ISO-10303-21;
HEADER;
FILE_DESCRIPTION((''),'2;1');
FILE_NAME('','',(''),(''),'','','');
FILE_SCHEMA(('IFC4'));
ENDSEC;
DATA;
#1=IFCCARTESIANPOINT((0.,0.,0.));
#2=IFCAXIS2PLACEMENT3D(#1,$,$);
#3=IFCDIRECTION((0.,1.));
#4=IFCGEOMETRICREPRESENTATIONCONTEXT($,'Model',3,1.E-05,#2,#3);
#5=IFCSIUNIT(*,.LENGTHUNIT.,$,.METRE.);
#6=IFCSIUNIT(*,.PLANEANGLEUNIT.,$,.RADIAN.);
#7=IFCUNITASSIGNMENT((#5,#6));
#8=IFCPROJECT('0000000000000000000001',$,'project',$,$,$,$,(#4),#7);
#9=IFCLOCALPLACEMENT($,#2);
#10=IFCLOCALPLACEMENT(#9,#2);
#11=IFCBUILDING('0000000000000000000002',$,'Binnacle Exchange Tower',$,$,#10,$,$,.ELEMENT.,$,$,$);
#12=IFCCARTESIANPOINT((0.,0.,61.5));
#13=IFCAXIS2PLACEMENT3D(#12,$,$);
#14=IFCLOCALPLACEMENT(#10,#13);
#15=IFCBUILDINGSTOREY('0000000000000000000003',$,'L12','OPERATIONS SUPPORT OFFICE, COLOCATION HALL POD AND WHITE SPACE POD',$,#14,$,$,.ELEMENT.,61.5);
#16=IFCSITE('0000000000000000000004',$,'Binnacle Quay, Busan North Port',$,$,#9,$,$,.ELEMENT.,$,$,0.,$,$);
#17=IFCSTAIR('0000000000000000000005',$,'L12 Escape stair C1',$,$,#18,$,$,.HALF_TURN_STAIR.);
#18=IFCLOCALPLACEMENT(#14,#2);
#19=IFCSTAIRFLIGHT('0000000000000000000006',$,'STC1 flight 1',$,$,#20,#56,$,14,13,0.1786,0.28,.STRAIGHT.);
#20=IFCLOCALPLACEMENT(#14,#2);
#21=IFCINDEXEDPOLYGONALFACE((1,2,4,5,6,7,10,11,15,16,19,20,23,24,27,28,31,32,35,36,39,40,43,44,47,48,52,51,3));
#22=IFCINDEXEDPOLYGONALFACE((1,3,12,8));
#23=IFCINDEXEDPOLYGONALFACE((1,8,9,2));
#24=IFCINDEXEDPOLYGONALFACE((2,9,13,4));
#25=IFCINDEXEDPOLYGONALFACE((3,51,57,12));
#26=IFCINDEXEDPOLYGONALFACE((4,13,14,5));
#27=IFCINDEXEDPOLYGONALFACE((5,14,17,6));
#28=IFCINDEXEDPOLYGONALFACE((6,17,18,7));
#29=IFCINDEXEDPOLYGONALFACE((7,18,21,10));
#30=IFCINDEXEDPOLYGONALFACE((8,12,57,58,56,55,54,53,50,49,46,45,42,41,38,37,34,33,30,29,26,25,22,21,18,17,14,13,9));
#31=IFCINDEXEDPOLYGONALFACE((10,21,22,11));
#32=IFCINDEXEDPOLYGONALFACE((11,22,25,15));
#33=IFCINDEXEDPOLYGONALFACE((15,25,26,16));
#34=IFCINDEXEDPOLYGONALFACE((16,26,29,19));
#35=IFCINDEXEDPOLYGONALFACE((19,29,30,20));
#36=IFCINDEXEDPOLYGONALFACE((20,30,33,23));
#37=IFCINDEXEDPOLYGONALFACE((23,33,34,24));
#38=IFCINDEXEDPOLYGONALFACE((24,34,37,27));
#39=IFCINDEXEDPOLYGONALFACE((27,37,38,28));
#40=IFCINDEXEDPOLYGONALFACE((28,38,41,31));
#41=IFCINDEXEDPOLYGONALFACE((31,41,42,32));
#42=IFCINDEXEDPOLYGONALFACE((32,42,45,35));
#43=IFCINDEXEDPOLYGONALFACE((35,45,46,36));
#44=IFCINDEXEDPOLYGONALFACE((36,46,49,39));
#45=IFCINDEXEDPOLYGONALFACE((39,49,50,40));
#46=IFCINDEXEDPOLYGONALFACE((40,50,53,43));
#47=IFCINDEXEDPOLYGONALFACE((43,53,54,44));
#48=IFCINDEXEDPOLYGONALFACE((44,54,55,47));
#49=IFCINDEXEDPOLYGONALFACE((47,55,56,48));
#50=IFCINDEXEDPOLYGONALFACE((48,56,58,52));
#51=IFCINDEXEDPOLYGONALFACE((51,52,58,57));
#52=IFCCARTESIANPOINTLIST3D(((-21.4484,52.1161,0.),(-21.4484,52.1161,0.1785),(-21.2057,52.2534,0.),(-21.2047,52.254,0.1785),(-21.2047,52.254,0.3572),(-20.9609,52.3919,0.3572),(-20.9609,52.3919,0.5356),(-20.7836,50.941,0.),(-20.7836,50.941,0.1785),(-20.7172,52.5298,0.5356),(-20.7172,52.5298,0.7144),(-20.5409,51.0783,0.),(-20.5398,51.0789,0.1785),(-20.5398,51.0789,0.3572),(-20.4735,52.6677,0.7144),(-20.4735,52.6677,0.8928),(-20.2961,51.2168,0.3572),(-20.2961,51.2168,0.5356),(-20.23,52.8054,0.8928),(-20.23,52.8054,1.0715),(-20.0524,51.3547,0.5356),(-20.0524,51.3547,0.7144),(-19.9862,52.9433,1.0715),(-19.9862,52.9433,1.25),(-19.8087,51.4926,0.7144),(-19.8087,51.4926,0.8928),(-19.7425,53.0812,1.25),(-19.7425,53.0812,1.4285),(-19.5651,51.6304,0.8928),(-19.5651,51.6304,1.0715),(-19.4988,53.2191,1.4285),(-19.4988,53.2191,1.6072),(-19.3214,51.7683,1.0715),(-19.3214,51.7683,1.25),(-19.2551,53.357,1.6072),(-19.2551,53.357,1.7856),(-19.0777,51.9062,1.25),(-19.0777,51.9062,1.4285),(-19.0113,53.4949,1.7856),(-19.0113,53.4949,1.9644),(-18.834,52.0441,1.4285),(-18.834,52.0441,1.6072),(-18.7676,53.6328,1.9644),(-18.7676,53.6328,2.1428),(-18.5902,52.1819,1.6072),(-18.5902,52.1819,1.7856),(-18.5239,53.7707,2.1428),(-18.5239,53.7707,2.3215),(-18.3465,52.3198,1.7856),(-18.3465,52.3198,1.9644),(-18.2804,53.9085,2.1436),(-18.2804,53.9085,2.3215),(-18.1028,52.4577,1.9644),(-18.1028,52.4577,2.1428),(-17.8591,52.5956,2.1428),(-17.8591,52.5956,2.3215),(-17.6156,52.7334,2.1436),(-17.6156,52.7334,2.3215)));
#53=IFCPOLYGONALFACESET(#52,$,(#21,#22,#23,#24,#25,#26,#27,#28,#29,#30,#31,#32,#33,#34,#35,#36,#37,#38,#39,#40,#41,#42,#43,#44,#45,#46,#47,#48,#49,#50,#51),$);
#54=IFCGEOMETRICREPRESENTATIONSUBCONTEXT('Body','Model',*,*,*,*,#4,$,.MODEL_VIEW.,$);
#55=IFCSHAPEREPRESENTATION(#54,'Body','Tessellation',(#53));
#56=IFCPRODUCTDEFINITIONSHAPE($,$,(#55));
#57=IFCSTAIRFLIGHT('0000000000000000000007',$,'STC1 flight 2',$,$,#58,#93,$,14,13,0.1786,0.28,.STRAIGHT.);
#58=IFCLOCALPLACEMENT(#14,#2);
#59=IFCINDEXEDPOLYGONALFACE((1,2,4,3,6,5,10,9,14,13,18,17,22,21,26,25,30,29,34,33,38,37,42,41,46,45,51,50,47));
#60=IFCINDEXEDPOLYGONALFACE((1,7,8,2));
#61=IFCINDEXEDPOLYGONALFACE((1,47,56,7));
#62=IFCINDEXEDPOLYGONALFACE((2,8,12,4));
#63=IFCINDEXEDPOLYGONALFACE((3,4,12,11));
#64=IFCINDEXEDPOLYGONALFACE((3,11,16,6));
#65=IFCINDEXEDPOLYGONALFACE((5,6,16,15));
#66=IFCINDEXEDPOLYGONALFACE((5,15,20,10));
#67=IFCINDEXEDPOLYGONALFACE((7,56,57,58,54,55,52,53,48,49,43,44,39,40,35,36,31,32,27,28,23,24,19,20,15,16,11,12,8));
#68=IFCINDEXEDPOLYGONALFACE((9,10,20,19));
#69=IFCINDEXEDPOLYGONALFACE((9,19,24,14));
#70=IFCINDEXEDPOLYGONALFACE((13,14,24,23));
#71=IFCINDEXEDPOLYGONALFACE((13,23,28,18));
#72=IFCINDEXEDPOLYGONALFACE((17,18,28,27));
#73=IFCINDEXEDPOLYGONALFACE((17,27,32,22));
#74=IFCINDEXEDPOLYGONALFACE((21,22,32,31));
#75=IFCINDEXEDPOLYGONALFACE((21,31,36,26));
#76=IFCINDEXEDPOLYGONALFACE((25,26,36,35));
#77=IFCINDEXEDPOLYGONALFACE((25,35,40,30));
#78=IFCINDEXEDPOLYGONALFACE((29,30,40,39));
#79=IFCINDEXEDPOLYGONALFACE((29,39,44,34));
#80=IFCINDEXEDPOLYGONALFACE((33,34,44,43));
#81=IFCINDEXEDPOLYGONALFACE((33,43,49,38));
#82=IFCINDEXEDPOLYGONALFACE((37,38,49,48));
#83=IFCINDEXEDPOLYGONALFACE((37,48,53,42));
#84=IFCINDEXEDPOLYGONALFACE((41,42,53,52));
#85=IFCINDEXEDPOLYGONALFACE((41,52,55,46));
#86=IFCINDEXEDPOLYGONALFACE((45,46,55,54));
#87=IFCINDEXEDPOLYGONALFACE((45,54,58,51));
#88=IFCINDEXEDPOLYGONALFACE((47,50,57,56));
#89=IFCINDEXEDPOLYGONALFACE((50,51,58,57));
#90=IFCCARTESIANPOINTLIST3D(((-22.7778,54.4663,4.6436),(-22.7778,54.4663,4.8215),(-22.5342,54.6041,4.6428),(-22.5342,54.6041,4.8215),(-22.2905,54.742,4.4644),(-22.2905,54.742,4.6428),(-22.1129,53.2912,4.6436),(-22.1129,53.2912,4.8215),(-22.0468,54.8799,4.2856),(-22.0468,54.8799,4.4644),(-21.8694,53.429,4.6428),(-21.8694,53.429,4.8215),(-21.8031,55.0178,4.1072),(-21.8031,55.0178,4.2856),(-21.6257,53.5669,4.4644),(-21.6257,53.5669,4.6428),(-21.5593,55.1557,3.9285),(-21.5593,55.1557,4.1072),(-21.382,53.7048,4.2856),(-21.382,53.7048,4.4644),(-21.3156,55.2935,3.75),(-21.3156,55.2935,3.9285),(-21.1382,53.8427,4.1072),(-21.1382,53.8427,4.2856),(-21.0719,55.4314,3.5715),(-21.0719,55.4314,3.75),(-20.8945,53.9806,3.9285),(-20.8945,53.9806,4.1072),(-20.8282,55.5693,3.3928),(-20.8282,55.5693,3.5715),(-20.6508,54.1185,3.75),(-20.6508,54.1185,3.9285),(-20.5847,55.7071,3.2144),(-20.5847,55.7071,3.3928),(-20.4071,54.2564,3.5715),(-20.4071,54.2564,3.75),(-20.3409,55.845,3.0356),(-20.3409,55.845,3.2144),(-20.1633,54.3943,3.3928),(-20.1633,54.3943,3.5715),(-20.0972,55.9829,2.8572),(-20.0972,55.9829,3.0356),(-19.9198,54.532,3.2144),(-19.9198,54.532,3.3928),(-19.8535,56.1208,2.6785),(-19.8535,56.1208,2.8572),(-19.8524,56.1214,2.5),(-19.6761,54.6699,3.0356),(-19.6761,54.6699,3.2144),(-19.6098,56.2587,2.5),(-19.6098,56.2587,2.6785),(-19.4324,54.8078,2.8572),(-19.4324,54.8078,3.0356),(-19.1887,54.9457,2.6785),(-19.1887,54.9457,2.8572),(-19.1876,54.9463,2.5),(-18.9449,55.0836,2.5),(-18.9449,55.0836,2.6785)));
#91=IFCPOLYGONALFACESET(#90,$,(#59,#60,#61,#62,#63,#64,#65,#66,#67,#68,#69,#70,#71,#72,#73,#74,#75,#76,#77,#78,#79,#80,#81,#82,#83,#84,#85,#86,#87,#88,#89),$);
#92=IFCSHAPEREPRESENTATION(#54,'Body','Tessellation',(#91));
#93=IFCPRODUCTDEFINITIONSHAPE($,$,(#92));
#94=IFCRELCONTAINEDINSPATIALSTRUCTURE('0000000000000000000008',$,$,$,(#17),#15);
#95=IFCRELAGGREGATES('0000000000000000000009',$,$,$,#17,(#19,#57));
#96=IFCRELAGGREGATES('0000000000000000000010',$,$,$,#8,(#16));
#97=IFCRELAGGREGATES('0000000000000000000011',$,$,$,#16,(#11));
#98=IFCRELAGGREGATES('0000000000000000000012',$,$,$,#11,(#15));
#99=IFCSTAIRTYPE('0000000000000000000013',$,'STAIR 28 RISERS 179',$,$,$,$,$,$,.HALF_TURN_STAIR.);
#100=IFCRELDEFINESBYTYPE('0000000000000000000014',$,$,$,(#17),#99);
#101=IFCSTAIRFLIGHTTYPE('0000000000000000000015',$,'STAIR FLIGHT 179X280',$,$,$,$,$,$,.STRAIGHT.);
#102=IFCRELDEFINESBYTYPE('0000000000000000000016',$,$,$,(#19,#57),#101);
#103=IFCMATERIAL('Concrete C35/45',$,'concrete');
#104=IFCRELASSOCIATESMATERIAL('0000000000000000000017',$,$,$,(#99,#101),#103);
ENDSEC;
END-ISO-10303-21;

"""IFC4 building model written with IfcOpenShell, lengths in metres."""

from ifc_helpers import new_model, si_unit, direction, frame, origin, place, context, subcontext, project, spatial, polyline, outline, extrude, material, type_object, element, aggregate, save


model = new_model("IFC4")

# Units and contexts
model_context = context("Model", 3, precision=1e-05, world=origin(), true_north=direction((0.0, 1.0)))
body_context = subcontext(model_context, "Body", "Model", "MODEL_VIEW")
ifc_project = project(units=[si_unit("LENGTHUNIT", "METRE"), si_unit("PLANEANGLEUNIT", "RADIAN")], contexts=[model_context])

# Site, building, storey
site_placement = place(None, origin())
site = spatial("IfcSite", under=ifc_project, at=site_placement, Name="Binnacle Quay, Busan North Port", CompositionType="ELEMENT", RefElevation=0.0)
building_placement = place(site_placement, origin())
building = spatial("IfcBuilding", under=site, at=building_placement, Name="Binnacle Exchange Tower", CompositionType="ELEMENT")
storey_placement = place(building_placement, frame((0.0, 0.0, 61.5)))
storey = spatial("IfcBuildingStorey", under=building, at=storey_placement, Name="L12", Description="OPERATIONS SUPPORT OFFICE, COLOCATION HALL POD AND WHITE SPACE POD", CompositionType="ELEMENT", Elevation=61.5)

# Stair, stair flights
ifc_material_1 = material(Name="Concrete C35/45", Category="concrete")
stair_type = type_object("IfcStairType", Name="STAIR 28 RISERS 179", PredefinedType="HALF_TURN_STAIR", material=ifc_material_1)
stair_placement = place(storey_placement, origin())
stair = element("IfcStair", 1, at=stair_placement, inside=storey, type_object=stair_type, Name="L12 Escape stair C1", PredefinedType="HALF_TURN_STAIR")
stair_flight_type = type_object("IfcStairFlightType", Name="STAIR FLIGHT 179X280", PredefinedType="STRAIGHT", material=ifc_material_1)
stair_flight_1_placement = place(storey_placement, frame((-21.116, 51.5286, 0.0), z_axis=(0.0, 0.0, 1.0), x_axis=(0.870356, 0.492424, 0.0)))
stair_flight_1 = element("IfcStairFlight", 2, at=stair_flight_1_placement, type_object=stair_flight_type, Name="STC1 flight 1", NumberOfRisers=14, NumberOfTreads=13, PredefinedType="STRAIGHT", RiserHeight=0.1786, TreadLength=0.28, context=body_context, shape_type="SweptSolid", body=[
    extrude(outline(polyline([(0.0, 0.0), (0.0, 0.1785), (0.28, 0.1785), (0.28, 0.3572), (0.5601, 0.3572), (0.5601, 0.5356), (0.8401, 0.5356), (0.8401, 0.7144), (1.1201, 0.7144), (1.1201, 0.8928), (1.3999, 0.8928), (1.3999, 1.0715), (1.6799, 1.0715), (1.6799, 1.25), (1.96, 1.25), (1.96, 1.4285), (2.24, 1.4285), (2.24, 1.6072), (2.52, 1.6072), (2.52, 1.7856), (2.8, 1.7856), (2.8, 1.9644), (3.0801, 1.9644), (3.0801, 2.1428), (3.3601, 2.1428), (3.3601, 2.3215), (3.6399, 2.3215), (3.6399, 2.5), (3.6399, 2.1436), (0.2788, 0.0), (0.0, 0.0)])), frame((0.0, 0.675, 0.0), z_axis=(0.0, -1.0, 0.0), x_axis=(1.0, 0.0, 0.0)), (0.0, 0.0, 1.0), 1.3501),
])
stair_flight_2_placement = place(storey_placement, frame((-19.2773, 55.6711, 2.5), z_axis=(0.0, 0.0, 1.0), x_axis=(-0.870356, -0.492424, 0.0)))
stair_flight_2 = element("IfcStairFlight", 3, at=stair_flight_2_placement, type_object=stair_flight_type, Name="STC1 flight 2", NumberOfRisers=14, NumberOfTreads=13, PredefinedType="STRAIGHT", RiserHeight=0.1786, TreadLength=0.28, context=body_context, shape_type="SweptSolid", body=[
    extrude(outline(polyline([(0.0, 0.0), (0.0, 0.1785), (0.28, 0.1785), (0.28, 0.3572), (0.5601, 0.3572), (0.5601, 0.5356), (0.8401, 0.5356), (0.8401, 0.7144), (1.1201, 0.7144), (1.1201, 0.8928), (1.3999, 0.8928), (1.3999, 1.0715), (1.6799, 1.0715), (1.6799, 1.25), (1.96, 1.25), (1.96, 1.4285), (2.24, 1.4285), (2.24, 1.6072), (2.52, 1.6072), (2.52, 1.7856), (2.8, 1.7856), (2.8, 1.9644), (3.0801, 1.9644), (3.0801, 2.1428), (3.3601, 2.1428), (3.3601, 2.3215), (3.6399, 2.3215), (3.6399, 2.5), (3.6399, 2.1436), (0.2788, 0.0), (0.0, 0.0)])), frame((0.0, 0.675, 0.0), z_axis=(0.0, -1.0, 0.0), x_axis=(1.0, 0.0, 0.0)), (0.0, 0.0, 1.0), 1.3501),
])
aggregate(stair, [stair_flight_1, stair_flight_2])

save(model, "model.ifc")
